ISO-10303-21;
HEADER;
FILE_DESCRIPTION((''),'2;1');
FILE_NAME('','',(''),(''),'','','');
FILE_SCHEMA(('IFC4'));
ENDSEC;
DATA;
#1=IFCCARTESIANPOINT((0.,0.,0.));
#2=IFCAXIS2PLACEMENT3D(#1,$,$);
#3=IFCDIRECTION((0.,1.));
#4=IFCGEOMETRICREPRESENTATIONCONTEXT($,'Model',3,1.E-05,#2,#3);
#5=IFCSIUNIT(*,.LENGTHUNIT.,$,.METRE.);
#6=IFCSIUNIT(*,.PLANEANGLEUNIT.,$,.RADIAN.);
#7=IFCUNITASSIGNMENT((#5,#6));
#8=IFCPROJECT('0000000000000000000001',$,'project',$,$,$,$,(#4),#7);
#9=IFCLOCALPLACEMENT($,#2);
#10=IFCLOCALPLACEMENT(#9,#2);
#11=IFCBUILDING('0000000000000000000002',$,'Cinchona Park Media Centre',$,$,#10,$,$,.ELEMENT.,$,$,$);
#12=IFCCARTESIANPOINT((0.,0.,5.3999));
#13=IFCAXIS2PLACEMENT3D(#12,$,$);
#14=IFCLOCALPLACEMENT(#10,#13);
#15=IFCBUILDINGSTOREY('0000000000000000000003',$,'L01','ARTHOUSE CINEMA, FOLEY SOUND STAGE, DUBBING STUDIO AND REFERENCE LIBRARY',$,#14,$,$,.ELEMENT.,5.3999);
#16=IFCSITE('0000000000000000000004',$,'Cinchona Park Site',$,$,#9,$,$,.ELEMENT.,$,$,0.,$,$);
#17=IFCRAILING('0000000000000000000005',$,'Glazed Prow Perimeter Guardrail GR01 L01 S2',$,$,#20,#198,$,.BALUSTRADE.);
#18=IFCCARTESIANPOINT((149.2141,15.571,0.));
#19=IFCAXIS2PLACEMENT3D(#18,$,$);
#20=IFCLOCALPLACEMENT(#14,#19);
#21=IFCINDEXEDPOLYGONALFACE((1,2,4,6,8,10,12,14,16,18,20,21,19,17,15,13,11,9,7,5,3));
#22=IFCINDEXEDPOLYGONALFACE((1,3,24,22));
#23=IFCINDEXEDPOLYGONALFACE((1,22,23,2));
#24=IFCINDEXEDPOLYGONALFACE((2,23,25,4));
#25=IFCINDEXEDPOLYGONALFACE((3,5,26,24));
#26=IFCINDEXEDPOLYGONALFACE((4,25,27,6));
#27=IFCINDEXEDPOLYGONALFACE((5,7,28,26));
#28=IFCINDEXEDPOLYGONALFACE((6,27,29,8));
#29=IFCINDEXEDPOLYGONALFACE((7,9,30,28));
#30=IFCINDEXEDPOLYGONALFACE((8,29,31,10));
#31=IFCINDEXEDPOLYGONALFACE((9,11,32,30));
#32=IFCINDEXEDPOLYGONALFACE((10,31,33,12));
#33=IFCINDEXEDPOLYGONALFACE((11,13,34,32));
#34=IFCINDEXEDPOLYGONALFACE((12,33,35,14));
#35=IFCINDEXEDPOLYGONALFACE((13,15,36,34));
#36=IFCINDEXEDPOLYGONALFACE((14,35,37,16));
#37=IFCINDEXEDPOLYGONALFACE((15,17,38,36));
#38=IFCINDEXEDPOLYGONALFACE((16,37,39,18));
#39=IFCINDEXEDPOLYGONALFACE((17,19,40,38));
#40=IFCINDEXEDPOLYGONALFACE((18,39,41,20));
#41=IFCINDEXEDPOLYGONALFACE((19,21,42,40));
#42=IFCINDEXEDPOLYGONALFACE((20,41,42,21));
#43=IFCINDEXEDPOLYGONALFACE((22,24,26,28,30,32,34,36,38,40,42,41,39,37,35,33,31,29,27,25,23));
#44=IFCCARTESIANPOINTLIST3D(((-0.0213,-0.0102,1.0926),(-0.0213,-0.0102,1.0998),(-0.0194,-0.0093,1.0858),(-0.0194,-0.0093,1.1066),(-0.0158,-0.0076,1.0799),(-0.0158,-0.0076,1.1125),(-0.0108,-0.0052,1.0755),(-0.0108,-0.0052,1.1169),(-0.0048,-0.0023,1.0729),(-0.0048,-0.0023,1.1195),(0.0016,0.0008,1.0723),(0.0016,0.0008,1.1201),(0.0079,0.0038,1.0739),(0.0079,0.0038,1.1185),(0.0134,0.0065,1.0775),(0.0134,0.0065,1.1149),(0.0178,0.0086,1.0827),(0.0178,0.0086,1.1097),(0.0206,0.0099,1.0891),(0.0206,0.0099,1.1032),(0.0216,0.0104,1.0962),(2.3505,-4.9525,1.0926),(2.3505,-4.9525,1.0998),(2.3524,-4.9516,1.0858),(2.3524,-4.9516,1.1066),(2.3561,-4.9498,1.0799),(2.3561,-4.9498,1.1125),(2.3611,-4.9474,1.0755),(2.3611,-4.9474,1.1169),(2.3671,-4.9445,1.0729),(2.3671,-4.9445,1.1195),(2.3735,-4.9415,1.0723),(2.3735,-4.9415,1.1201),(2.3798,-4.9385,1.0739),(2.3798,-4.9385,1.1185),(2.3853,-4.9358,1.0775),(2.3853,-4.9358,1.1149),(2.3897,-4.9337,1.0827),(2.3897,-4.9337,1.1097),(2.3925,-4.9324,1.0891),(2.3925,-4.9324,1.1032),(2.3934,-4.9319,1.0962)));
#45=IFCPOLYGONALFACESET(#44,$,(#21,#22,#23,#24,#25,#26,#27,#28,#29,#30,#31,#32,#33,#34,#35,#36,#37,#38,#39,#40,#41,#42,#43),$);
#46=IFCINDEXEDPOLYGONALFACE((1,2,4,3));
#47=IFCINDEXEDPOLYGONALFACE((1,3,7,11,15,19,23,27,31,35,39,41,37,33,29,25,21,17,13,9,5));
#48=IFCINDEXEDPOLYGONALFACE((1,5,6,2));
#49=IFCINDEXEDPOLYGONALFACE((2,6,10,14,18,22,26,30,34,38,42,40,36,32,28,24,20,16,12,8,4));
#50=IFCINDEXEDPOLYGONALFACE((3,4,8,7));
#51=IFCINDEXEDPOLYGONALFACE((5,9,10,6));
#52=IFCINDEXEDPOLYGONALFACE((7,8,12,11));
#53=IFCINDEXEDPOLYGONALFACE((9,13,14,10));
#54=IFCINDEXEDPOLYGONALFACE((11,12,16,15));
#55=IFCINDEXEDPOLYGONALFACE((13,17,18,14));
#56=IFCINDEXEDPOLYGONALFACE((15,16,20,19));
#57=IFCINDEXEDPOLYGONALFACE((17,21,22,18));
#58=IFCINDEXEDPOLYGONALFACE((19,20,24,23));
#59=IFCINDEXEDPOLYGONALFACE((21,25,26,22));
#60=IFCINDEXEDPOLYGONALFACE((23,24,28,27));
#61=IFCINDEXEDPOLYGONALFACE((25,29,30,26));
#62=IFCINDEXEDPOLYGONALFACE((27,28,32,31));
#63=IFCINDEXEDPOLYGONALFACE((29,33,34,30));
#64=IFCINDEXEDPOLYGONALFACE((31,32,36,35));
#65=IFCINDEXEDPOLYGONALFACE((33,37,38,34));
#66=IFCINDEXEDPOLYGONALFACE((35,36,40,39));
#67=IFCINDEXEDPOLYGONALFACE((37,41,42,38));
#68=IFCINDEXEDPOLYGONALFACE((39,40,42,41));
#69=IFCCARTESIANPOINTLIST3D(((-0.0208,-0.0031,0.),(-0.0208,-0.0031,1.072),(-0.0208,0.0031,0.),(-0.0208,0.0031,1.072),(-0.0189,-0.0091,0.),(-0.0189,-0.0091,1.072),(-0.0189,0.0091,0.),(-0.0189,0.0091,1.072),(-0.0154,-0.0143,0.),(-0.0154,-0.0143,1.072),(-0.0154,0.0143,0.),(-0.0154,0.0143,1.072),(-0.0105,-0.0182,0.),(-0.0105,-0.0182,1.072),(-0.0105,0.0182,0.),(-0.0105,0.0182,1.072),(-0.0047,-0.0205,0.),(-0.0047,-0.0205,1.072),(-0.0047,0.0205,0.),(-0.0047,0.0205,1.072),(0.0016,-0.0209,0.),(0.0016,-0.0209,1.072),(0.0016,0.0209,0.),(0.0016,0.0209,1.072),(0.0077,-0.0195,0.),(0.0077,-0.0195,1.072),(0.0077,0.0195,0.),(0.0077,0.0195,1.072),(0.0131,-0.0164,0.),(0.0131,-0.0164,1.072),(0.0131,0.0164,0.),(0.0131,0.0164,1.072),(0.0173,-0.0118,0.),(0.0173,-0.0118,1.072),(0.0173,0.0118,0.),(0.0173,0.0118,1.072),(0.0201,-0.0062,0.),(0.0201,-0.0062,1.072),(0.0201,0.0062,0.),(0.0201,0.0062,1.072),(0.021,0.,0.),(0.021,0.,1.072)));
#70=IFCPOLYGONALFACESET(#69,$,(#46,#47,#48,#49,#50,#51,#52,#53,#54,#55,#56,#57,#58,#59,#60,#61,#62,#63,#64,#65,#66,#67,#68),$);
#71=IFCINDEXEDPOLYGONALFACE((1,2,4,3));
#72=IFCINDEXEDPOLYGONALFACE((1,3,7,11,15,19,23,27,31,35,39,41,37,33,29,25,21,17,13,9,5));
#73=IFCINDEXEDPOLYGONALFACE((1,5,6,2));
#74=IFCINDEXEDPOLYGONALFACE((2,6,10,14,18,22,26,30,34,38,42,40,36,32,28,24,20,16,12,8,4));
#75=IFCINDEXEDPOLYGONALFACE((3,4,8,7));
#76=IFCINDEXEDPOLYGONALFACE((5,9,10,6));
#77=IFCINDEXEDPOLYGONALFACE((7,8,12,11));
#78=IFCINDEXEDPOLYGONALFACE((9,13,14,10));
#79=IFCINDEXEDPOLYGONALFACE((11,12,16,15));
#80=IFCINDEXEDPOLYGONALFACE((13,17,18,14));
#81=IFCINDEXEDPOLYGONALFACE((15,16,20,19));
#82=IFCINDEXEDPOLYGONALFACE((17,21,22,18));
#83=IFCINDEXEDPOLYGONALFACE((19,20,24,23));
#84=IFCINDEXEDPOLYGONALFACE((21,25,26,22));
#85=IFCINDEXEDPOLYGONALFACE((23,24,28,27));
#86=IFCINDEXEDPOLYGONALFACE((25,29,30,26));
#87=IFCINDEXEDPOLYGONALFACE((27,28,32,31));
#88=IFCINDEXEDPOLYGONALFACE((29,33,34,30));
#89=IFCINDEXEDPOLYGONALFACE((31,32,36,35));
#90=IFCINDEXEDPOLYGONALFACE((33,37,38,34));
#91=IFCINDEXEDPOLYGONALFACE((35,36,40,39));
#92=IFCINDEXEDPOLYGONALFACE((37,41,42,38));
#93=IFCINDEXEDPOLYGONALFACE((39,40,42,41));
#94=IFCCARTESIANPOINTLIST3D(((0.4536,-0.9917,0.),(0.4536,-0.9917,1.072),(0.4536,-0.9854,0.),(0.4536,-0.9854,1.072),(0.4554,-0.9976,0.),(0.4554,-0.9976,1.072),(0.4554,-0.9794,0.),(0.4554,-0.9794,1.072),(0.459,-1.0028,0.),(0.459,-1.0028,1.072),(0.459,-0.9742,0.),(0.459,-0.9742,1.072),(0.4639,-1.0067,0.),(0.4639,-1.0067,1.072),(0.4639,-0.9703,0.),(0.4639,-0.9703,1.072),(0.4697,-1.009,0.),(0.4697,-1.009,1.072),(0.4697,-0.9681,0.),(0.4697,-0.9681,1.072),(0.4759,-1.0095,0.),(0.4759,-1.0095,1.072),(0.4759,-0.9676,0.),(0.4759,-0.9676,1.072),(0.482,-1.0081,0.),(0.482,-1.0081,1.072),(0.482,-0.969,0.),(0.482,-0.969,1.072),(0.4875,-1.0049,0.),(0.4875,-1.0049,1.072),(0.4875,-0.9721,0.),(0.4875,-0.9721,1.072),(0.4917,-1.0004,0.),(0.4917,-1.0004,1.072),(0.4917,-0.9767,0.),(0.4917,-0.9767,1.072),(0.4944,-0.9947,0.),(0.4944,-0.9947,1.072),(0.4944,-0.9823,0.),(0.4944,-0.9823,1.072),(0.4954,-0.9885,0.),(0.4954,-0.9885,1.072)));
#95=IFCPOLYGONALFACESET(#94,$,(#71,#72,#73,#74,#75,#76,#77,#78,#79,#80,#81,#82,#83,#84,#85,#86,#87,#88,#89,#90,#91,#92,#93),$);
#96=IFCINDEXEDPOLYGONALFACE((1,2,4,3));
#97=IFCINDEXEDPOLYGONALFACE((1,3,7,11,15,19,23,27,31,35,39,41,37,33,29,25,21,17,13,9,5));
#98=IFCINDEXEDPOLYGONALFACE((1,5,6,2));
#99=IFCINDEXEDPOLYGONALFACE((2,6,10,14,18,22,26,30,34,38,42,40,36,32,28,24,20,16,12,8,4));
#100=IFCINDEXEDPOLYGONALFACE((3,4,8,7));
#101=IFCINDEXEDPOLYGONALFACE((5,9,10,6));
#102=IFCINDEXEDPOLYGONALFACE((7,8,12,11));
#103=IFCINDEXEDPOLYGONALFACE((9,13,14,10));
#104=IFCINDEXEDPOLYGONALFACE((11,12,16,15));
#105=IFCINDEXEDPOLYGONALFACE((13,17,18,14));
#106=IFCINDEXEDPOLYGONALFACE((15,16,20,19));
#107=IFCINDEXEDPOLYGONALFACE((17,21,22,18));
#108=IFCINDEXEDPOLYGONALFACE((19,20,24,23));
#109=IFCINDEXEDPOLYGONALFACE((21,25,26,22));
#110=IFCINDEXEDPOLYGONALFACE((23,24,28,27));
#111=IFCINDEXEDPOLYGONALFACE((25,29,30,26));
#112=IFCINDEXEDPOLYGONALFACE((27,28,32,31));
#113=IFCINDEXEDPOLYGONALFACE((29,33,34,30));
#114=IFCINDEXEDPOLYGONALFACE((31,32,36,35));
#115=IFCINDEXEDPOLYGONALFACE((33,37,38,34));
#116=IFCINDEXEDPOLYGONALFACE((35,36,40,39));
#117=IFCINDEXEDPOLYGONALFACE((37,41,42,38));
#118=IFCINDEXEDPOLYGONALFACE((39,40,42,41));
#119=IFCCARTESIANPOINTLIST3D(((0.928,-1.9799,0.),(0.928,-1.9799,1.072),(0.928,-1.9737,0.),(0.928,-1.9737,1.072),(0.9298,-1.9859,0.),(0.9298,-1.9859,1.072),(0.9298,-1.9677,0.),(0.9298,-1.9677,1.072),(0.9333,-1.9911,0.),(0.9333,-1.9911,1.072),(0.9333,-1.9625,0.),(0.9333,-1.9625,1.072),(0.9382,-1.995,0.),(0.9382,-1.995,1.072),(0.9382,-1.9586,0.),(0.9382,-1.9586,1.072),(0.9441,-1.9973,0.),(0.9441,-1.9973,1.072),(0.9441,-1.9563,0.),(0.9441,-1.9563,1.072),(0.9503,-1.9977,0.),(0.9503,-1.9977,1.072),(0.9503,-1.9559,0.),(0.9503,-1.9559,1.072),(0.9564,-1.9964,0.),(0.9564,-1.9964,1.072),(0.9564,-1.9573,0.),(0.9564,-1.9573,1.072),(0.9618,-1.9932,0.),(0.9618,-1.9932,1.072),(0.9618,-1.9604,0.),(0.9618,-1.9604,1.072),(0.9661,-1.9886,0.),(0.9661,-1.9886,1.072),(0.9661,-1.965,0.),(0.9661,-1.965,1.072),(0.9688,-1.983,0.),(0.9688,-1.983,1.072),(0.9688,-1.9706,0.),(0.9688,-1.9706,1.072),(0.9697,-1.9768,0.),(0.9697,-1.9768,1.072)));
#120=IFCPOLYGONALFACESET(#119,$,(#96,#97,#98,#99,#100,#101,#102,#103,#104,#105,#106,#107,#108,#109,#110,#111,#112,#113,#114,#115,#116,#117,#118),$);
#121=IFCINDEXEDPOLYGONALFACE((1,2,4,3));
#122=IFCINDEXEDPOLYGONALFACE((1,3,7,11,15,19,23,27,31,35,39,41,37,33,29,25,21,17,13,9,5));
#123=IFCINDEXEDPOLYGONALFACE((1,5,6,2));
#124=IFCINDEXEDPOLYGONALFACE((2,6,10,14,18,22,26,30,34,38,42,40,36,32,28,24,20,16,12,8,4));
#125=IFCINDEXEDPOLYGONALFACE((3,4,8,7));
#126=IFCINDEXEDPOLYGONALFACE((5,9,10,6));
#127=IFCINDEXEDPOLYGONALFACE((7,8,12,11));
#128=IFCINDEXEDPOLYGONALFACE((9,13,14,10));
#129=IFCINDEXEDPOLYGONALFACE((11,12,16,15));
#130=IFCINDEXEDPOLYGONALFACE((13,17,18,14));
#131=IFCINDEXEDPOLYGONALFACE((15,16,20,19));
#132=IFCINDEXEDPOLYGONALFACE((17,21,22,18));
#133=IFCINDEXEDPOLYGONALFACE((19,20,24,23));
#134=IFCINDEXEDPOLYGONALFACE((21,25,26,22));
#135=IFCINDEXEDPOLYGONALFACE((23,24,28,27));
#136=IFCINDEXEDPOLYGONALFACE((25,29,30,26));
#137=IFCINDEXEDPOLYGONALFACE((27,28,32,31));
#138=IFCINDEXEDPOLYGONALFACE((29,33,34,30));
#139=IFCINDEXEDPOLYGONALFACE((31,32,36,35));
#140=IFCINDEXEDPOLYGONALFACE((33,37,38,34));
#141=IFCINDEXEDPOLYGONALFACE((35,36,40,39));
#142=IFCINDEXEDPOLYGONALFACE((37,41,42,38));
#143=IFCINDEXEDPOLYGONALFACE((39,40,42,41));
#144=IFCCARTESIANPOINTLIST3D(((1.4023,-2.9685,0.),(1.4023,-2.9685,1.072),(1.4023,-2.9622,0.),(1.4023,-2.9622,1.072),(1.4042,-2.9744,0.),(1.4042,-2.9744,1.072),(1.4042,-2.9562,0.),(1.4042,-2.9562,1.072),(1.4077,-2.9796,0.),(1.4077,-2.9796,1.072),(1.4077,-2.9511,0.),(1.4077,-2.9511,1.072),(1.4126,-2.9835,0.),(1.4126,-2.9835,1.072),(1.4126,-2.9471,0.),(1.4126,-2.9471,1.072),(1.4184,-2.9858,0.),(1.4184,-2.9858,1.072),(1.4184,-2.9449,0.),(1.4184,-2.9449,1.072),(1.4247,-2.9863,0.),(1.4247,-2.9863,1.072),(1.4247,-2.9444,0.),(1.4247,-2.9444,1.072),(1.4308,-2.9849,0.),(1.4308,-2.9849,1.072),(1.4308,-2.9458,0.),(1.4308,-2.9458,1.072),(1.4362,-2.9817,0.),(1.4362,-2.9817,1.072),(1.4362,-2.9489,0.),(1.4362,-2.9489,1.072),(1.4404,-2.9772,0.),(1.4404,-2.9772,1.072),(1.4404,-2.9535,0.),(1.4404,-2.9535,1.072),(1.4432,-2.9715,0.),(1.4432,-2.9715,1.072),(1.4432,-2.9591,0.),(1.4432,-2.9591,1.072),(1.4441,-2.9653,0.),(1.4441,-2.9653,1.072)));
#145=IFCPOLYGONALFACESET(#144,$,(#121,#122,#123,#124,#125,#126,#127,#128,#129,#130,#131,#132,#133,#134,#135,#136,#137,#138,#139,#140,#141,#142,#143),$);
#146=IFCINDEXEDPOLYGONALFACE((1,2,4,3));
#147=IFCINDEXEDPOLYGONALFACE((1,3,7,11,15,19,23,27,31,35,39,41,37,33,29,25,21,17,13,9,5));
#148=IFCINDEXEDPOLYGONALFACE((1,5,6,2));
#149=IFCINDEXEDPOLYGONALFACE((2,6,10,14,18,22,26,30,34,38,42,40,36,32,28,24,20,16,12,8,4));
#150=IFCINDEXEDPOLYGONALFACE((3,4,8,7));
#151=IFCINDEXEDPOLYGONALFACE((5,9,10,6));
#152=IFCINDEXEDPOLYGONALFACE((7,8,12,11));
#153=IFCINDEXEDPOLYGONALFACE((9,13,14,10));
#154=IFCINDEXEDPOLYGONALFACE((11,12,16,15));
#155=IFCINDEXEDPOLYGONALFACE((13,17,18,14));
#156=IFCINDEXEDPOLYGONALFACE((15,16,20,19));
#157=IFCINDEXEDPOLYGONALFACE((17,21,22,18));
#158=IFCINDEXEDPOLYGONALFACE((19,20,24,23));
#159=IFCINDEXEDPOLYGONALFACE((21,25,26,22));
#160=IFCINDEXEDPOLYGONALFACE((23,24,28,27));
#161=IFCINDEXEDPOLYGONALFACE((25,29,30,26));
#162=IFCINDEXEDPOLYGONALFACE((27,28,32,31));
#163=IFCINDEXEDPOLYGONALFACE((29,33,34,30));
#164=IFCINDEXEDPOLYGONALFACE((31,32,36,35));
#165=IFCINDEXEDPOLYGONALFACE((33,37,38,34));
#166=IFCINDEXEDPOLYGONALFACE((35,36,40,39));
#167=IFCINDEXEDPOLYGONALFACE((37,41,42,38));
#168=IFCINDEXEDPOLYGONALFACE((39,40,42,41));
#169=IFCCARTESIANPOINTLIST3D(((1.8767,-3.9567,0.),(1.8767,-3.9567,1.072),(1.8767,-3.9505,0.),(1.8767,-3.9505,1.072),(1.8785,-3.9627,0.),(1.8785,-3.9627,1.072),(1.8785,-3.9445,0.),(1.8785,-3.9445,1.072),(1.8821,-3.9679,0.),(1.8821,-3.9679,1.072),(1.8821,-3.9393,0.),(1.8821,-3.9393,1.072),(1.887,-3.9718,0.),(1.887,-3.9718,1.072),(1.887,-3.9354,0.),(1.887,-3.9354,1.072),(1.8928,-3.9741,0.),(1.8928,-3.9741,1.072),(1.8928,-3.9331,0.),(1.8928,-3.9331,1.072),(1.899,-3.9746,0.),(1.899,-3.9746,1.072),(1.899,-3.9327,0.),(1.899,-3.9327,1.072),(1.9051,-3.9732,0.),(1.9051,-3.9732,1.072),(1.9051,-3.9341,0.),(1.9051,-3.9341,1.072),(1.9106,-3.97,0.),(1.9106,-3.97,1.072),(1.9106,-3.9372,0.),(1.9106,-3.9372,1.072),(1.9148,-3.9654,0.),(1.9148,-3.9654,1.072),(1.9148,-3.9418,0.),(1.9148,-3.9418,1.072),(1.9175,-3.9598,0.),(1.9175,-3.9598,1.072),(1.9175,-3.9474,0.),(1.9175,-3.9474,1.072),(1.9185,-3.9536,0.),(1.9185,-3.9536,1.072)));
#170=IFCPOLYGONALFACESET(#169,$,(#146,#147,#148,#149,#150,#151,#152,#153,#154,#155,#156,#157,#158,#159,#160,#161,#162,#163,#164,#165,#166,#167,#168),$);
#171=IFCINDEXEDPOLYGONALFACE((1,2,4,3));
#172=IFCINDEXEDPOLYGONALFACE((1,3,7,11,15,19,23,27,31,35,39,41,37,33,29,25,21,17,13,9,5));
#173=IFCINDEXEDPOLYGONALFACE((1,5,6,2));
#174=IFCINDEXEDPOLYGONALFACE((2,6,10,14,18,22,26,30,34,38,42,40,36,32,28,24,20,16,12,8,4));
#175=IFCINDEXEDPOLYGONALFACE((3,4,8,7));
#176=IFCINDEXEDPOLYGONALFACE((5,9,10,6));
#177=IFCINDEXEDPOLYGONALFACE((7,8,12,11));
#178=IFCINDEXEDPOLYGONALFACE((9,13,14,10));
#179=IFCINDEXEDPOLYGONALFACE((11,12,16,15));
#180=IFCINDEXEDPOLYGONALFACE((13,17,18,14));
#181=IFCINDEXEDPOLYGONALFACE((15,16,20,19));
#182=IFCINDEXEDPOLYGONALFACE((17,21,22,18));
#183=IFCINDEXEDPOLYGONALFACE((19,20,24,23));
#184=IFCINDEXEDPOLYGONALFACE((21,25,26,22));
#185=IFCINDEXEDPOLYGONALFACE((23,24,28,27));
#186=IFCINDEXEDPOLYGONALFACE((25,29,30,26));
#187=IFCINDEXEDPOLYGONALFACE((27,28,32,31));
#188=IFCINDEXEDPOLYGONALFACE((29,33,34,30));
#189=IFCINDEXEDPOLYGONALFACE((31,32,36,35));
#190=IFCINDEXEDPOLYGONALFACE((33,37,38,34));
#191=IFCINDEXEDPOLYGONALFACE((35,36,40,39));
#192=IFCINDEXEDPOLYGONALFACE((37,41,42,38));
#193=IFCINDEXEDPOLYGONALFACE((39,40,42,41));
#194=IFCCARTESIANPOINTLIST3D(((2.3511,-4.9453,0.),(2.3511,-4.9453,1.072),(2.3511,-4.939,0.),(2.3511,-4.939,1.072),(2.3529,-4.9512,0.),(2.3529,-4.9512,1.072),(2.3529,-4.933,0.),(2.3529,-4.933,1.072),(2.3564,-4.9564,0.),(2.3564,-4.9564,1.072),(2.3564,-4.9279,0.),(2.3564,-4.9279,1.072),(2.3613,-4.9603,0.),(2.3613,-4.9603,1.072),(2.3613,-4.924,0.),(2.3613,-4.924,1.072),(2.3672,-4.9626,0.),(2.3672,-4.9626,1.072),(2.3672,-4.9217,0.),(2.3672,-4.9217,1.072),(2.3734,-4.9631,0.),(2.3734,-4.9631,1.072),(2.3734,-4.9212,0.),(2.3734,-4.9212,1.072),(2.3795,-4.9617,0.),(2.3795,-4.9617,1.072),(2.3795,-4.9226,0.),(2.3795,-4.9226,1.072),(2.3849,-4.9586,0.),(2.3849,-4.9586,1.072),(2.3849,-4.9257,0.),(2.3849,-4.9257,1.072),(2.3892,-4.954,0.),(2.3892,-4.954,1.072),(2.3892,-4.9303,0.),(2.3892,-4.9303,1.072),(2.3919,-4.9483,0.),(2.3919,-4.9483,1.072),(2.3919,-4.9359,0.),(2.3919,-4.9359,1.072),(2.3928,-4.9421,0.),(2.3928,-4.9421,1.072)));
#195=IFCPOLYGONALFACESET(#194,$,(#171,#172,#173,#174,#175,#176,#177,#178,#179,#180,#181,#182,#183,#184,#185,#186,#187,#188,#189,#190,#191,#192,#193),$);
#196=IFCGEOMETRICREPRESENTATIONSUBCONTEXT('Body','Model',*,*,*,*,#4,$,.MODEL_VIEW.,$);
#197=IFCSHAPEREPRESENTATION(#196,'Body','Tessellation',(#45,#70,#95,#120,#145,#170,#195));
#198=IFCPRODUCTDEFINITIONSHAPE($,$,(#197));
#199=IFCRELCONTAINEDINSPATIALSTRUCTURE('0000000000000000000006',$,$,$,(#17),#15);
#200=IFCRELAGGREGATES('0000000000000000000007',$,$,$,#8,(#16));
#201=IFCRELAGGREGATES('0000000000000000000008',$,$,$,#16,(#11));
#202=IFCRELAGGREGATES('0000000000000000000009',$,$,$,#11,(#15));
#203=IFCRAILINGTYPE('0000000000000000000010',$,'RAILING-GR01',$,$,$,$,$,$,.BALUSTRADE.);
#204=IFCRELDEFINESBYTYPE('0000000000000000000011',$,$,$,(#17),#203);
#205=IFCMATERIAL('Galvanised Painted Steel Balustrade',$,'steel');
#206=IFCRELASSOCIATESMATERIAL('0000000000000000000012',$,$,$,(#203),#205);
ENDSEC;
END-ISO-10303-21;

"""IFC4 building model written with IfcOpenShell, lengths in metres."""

from ifc_helpers import new_model, si_unit, direction, frame, origin, origin_2d, place, context, subcontext, project, spatial, circle, extrude, material, type_object, element, save


model = new_model("IFC4")

# Units and contexts
model_context = context("Model", 3, precision=1e-05, world=origin(), true_north=direction((0.0, 1.0)))
body_context = subcontext(model_context, "Body", "Model", "MODEL_VIEW")
ifc_project = project(units=[si_unit("LENGTHUNIT", "METRE"), si_unit("PLANEANGLEUNIT", "RADIAN")], contexts=[model_context])

# Site, building, storey
site_placement = place(None, origin())
site = spatial("IfcSite", under=ifc_project, at=site_placement, Name="Cinchona Park Site", CompositionType="ELEMENT", RefElevation=0.0)
building_placement = place(site_placement, origin())
building = spatial("IfcBuilding", under=site, at=building_placement, Name="Cinchona Park Media Centre", CompositionType="ELEMENT")
storey_placement = place(building_placement, frame((0.0, 0.0, 5.3999)))
storey = spatial("IfcBuildingStorey", under=building, at=storey_placement, Name="L01", Description="ARTHOUSE CINEMA, FOLEY SOUND STAGE, DUBBING STUDIO AND REFERENCE LIBRARY", CompositionType="ELEMENT", Elevation=5.3999)

# Railing
ifc_material_1 = material(Name="Galvanised Painted Steel Balustrade", Category="steel")
railing_type = type_object("IfcRailingType", Name="RAILING-GR01", PredefinedType="BALUSTRADE", material=ifc_material_1)
railing_placement = place(storey_placement, frame((149.2141, 15.571, 0.0)))
element("IfcRailing", 1, at=railing_placement, inside=storey, type_object=railing_type, Name="Glazed Prow Perimeter Guardrail GR01 L01 S2", PredefinedType="BALUSTRADE", context=body_context, shape_type="SweptSolid", body=[
    extrude(circle(Radius=0.0239, at=origin_2d()), frame((0.0, 0.0, 1.0962), z_axis=(0.432672, -0.901552, 0.0), x_axis=(0.901552, 0.432672, 0.0)), (0.0, 0.0, 1.0), 5.4819),
    extrude(circle(Radius=0.021, at=origin_2d()), origin(), (0.0, 0.0, 1.0), 1.072),
    extrude(circle(Radius=0.021, at=origin_2d()), frame((0.4744, -0.9885, 0.0)), (0.0, 0.0, 1.0), 1.072),
    extrude(circle(Radius=0.021, at=origin_2d()), frame((0.9487, -1.9768, 0.0)), (0.0, 0.0, 1.0), 1.072),
    extrude(circle(Radius=0.021, at=origin_2d()), frame((1.4231, -2.9653, 0.0)), (0.0, 0.0, 1.0), 1.072),
    extrude(circle(Radius=0.021, at=origin_2d()), frame((1.8975, -3.9536, 0.0)), (0.0, 0.0, 1.0), 1.072),
    extrude(circle(Radius=0.021, at=origin_2d()), frame((2.3718, -4.9421, 0.0)), (0.0, 0.0, 1.0), 1.072),
])

save(model, "model.ifc")
